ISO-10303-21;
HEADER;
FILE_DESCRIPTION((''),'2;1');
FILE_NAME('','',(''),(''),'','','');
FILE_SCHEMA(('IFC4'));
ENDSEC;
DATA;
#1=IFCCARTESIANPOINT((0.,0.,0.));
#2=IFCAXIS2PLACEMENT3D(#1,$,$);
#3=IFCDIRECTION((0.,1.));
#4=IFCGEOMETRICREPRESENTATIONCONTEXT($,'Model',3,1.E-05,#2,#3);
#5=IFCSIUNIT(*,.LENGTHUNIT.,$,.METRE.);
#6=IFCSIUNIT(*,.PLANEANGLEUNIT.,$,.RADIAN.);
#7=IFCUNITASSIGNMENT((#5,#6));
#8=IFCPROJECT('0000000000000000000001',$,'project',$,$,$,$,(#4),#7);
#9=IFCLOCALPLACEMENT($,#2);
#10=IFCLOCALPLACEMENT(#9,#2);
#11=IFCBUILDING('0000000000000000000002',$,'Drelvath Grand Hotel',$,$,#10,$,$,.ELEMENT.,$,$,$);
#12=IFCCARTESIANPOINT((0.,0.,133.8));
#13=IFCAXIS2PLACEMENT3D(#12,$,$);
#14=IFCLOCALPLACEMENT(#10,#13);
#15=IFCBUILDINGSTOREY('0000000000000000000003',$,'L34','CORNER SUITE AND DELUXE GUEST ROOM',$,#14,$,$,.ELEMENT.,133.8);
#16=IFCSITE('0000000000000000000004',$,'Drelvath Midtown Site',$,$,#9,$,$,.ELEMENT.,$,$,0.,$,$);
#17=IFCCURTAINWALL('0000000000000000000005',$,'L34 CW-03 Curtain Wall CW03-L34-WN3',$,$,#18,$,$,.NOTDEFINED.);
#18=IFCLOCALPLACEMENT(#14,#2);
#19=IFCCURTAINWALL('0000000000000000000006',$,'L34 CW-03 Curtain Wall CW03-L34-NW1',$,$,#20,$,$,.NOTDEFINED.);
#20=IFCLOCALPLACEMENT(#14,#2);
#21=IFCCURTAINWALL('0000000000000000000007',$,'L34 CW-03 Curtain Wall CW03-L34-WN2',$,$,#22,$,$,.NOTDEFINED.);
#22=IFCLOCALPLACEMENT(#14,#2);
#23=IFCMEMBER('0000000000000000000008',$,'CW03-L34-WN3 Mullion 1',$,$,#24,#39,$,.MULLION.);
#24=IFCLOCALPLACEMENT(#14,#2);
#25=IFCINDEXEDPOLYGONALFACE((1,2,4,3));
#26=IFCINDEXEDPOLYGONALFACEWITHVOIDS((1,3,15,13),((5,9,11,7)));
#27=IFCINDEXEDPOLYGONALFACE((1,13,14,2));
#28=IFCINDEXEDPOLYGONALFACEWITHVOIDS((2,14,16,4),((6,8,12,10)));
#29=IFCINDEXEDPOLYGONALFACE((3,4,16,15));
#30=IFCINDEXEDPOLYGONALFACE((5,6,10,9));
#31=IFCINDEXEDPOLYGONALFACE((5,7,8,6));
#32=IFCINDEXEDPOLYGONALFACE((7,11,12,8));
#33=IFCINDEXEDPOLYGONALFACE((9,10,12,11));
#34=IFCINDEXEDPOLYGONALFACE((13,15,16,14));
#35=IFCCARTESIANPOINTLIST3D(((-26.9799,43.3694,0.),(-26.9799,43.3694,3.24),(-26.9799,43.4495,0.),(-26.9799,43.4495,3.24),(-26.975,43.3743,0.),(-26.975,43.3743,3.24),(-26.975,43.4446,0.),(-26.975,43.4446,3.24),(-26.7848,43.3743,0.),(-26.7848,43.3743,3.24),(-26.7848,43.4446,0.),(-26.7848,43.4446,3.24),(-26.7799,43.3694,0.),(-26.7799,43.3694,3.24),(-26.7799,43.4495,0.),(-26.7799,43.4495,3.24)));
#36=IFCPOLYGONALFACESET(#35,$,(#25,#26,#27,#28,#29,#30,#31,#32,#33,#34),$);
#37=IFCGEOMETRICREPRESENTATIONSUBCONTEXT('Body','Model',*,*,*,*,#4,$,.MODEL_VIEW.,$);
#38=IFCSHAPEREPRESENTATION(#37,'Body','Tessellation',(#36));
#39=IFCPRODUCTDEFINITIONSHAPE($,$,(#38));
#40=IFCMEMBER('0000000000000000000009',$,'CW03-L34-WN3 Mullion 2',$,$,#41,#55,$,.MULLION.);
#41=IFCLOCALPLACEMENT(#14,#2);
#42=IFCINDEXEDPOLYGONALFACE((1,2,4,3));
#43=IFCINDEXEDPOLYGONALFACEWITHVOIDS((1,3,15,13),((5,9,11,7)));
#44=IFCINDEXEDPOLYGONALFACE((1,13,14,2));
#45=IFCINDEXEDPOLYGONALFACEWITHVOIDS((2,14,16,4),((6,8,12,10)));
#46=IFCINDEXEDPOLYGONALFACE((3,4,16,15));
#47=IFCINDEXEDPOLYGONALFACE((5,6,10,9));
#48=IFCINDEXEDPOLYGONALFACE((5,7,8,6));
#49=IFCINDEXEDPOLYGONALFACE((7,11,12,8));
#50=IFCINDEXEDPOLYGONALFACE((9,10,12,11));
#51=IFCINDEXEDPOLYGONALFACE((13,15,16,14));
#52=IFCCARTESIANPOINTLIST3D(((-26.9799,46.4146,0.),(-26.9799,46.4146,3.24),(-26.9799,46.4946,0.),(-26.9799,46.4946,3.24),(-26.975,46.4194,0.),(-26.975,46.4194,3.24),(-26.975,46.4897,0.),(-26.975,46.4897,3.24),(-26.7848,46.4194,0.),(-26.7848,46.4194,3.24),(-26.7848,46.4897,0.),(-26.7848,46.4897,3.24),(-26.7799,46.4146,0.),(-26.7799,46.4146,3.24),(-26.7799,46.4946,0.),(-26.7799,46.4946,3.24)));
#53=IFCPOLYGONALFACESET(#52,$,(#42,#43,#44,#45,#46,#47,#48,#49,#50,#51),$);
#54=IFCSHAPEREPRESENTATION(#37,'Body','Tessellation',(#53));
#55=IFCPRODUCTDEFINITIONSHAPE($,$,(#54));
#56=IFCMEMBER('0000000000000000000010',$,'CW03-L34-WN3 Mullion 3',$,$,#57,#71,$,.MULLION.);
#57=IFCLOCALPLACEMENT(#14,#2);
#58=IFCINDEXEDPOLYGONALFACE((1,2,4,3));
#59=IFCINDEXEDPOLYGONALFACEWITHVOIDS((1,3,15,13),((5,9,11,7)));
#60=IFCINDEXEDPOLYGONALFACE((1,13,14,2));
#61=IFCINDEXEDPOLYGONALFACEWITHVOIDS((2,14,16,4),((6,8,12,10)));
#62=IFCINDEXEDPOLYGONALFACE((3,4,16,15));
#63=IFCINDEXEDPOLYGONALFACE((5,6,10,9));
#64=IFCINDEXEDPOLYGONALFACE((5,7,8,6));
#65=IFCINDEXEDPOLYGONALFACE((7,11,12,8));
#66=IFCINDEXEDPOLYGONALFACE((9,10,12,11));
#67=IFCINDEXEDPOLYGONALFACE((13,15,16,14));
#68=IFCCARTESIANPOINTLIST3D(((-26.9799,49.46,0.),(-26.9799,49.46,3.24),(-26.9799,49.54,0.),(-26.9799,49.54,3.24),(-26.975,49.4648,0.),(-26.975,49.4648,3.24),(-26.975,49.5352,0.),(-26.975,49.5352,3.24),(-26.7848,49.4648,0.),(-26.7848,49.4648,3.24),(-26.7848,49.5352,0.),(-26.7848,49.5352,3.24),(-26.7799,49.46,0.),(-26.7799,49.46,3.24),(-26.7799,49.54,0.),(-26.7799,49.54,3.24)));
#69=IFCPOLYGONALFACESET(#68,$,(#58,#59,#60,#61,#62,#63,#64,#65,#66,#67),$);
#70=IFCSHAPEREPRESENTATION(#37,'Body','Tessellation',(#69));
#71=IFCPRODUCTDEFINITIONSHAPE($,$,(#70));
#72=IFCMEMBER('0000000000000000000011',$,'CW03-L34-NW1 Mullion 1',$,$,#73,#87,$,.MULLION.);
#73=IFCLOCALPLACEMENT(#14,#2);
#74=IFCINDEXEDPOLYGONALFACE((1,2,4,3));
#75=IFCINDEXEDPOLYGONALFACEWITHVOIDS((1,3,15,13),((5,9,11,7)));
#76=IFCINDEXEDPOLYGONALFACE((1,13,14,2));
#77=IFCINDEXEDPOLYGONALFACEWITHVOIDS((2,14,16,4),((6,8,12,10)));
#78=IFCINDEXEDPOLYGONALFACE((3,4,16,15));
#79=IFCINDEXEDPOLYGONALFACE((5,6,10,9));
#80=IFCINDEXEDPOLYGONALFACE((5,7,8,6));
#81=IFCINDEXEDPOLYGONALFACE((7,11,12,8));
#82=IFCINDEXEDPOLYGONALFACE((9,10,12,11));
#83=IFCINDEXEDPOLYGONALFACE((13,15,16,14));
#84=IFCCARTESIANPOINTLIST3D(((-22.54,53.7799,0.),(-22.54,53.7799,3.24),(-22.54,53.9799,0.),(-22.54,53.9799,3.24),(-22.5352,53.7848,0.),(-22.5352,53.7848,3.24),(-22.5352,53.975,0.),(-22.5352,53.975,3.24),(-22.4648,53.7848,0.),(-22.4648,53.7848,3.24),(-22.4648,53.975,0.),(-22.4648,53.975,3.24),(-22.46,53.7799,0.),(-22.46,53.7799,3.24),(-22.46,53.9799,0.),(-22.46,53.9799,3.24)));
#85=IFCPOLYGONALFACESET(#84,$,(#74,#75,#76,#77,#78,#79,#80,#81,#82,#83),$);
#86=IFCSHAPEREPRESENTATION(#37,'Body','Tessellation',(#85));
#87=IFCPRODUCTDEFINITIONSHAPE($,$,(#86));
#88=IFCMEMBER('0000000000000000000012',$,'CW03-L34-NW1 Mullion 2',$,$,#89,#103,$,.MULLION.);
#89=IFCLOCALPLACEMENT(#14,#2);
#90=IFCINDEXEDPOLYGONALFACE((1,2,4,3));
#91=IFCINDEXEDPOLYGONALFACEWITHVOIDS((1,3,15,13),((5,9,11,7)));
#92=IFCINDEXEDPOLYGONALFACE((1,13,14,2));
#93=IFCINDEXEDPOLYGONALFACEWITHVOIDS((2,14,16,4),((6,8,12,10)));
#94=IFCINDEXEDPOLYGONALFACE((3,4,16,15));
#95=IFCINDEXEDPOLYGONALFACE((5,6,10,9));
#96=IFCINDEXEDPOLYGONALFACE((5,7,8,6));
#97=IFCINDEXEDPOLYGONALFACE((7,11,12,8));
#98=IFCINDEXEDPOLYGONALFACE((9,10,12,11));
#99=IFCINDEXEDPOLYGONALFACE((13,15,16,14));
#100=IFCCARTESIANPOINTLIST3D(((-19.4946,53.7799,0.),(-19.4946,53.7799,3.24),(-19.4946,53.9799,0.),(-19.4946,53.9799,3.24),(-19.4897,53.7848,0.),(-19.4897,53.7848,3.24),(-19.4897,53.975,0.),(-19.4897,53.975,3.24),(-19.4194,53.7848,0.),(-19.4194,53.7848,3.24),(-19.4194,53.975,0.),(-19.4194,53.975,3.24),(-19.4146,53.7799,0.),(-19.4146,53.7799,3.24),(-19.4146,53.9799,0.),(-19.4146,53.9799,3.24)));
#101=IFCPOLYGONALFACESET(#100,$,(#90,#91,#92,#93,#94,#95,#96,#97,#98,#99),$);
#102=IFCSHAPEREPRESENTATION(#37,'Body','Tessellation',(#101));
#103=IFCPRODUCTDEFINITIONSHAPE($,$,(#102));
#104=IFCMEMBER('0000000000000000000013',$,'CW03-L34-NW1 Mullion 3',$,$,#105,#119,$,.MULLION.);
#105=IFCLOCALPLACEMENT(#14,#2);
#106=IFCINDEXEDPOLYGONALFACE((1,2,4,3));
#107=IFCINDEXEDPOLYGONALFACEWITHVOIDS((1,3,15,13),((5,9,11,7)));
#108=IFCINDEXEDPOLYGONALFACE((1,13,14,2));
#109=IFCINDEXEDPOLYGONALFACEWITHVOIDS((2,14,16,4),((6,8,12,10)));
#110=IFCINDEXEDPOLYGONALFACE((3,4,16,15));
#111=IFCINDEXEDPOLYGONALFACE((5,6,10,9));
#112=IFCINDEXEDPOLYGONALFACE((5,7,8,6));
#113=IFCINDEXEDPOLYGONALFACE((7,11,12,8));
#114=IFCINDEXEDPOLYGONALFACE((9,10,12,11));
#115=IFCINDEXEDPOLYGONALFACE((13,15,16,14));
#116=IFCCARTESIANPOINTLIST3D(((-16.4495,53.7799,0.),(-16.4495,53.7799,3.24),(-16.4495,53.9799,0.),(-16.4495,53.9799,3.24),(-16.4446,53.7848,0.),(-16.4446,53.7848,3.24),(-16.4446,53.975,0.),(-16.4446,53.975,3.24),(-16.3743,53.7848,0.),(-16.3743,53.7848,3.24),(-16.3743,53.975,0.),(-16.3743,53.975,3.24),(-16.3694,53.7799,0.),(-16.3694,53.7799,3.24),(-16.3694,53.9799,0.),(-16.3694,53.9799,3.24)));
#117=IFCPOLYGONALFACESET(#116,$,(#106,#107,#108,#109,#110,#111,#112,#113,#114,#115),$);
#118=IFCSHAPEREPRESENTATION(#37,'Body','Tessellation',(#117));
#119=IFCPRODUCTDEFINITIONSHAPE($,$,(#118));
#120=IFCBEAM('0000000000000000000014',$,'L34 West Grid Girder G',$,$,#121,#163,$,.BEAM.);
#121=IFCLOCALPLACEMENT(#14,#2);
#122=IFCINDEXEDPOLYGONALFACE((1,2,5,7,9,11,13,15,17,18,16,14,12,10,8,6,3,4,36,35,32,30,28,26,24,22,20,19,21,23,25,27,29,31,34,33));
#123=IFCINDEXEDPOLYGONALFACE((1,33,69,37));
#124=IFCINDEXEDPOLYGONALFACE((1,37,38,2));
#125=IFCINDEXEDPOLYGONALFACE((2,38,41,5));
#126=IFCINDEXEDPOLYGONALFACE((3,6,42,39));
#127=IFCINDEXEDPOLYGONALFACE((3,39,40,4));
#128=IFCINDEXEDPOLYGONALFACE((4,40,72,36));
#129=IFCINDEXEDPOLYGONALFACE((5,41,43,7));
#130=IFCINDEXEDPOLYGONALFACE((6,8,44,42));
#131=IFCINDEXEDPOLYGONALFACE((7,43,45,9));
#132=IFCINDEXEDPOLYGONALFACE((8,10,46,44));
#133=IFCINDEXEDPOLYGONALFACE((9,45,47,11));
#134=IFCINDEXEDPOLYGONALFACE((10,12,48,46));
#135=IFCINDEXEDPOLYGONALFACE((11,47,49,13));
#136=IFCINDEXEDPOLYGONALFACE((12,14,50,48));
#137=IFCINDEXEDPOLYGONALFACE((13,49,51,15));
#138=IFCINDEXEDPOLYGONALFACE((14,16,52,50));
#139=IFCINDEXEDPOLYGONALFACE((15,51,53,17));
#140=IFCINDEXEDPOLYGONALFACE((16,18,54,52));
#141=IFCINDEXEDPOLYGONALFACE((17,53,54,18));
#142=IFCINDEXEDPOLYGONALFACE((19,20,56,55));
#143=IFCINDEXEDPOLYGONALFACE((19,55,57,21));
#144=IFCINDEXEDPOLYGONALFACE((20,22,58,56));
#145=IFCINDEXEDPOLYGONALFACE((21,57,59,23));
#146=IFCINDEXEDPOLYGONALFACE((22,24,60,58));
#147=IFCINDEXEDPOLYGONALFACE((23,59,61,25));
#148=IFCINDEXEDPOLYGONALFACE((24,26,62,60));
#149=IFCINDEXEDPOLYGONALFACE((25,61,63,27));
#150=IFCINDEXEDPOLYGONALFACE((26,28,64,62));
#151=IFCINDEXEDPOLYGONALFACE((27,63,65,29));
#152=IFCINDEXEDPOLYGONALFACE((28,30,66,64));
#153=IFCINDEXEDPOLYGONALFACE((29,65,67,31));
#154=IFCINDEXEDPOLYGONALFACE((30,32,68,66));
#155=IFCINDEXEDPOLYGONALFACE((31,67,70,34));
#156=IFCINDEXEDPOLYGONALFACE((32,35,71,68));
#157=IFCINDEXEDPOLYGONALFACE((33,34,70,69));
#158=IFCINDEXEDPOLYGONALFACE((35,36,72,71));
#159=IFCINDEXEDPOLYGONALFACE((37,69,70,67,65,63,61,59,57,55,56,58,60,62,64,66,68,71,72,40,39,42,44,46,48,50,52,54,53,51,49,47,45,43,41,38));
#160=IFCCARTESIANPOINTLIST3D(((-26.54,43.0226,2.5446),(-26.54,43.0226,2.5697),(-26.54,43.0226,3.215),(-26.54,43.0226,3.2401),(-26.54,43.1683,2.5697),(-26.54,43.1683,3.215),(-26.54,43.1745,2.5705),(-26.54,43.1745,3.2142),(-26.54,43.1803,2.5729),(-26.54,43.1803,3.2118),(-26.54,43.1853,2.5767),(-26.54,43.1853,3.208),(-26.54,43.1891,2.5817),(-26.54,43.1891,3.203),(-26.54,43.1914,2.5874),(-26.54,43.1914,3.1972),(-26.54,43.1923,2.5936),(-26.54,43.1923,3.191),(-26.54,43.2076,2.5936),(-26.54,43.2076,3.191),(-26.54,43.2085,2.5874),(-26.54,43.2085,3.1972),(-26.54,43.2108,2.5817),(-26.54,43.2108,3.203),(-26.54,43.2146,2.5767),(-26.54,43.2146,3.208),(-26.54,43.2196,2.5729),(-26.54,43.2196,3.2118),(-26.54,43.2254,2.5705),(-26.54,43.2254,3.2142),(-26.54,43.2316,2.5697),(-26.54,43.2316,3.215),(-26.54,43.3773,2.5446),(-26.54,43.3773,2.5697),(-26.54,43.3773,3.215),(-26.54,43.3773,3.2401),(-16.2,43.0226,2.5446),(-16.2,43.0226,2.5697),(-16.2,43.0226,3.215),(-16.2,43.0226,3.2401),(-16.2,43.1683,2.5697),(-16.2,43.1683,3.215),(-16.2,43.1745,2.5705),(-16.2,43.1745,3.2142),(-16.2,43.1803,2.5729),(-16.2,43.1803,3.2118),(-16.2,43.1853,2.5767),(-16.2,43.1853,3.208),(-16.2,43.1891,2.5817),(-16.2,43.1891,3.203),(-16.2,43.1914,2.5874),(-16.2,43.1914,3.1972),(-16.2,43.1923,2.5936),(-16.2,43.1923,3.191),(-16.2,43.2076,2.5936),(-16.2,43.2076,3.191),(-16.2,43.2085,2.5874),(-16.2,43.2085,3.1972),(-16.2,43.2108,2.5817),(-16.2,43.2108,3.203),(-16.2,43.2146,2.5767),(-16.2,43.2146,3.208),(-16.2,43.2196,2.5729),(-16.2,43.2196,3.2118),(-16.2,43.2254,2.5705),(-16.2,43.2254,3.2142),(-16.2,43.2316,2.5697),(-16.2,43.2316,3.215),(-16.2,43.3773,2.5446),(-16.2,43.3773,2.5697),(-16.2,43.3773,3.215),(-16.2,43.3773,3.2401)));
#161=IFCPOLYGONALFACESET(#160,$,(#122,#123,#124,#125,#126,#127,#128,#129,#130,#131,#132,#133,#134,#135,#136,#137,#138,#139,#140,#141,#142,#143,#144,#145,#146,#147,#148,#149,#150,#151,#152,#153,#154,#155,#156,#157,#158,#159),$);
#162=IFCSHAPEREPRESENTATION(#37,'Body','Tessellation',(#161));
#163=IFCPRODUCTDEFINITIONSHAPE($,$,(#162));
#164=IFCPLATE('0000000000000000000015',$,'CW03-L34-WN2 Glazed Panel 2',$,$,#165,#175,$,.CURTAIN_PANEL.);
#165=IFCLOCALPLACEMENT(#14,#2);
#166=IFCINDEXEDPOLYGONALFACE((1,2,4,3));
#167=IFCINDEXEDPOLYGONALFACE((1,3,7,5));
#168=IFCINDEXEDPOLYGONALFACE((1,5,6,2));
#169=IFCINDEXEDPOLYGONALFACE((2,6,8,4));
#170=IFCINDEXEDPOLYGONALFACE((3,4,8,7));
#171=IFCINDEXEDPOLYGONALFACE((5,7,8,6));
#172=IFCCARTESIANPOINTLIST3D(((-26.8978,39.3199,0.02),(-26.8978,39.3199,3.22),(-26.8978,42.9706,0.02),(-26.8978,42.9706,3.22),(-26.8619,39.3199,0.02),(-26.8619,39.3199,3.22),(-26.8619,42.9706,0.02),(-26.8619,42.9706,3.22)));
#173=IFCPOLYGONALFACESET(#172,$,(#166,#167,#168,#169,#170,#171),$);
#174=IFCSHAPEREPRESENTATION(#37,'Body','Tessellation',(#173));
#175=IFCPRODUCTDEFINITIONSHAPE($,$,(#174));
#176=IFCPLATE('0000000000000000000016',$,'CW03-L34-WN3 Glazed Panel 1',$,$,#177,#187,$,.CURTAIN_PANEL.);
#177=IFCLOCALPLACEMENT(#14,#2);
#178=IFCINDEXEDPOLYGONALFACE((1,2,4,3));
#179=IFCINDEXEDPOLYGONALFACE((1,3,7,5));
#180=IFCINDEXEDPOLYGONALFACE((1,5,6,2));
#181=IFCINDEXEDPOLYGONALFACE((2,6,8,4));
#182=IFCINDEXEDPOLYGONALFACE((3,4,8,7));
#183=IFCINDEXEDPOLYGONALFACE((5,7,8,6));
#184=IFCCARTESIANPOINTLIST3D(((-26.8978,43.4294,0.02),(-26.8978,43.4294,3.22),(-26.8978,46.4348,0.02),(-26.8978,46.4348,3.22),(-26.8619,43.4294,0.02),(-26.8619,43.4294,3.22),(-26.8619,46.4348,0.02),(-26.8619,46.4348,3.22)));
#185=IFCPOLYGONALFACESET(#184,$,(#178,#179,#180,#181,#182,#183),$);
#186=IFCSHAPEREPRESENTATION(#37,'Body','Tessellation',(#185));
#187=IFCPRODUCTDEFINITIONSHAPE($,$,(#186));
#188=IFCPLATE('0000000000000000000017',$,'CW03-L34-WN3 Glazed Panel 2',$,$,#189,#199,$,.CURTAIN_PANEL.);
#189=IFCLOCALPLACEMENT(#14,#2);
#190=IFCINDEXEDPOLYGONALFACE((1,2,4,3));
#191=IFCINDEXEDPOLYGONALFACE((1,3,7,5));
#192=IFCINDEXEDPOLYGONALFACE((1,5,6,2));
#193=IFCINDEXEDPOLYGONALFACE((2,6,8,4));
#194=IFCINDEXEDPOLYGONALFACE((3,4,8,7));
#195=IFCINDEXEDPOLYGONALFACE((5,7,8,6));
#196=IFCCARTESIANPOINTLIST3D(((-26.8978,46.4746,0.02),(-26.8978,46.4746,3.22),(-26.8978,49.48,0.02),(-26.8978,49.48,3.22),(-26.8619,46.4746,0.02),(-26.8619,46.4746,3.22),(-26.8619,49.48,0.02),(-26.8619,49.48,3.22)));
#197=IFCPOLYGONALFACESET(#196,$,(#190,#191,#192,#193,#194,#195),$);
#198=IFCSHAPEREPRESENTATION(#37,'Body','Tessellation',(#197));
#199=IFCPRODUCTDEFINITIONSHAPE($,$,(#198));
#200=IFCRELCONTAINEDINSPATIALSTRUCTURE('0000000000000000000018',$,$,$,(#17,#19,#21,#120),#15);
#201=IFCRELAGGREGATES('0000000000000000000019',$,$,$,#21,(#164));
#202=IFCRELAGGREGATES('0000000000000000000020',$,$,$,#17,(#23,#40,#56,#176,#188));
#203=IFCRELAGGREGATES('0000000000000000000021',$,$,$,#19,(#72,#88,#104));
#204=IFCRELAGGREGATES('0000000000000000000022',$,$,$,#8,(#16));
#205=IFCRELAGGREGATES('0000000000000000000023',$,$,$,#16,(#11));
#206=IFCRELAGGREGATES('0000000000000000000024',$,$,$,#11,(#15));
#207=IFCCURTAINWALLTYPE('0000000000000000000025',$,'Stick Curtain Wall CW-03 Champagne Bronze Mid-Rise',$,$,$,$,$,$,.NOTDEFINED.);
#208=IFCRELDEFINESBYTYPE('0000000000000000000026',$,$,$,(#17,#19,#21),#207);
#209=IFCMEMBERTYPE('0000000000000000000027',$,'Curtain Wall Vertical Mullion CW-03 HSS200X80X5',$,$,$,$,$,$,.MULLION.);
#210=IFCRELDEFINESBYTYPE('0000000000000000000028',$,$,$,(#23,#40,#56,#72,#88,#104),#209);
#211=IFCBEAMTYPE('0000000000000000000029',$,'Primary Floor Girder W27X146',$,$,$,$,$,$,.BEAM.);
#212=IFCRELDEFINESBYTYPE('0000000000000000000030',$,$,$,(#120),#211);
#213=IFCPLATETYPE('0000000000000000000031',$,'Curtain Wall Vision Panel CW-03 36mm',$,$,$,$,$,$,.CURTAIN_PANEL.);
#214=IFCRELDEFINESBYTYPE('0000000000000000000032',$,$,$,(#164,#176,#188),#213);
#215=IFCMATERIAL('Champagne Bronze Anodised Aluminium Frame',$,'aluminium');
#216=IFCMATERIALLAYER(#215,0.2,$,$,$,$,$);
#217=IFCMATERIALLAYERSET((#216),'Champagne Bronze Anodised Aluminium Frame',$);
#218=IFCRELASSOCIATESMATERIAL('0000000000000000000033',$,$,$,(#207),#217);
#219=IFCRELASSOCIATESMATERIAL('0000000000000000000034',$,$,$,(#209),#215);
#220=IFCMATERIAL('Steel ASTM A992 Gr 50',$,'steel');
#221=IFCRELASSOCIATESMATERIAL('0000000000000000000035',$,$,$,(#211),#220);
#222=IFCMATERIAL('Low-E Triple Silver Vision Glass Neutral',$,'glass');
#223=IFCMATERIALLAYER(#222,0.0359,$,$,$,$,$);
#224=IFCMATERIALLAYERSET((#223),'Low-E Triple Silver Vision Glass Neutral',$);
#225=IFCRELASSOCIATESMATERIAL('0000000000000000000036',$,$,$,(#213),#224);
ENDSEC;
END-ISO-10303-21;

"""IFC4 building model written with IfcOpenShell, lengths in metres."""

from ifc_helpers import new_model, si_unit, direction, frame, origin, origin_2d, place, context, subcontext, project, spatial, rectangle, hollow_rectangle, i_section, extrude, material, layer, layer_set, material_profile, profile_set, type_object, element, aggregate, save


model = new_model("IFC4")

# Units and contexts
model_context = context("Model", 3, precision=1e-05, world=origin(), true_north=direction((0.0, 1.0)))
body_context = subcontext(model_context, "Body", "Model", "MODEL_VIEW")
ifc_project = project(units=[si_unit("LENGTHUNIT", "METRE"), si_unit("PLANEANGLEUNIT", "RADIAN")], contexts=[model_context])

# Site, building, storey
site_placement = place(None, origin())
site = spatial("IfcSite", under=ifc_project, at=site_placement, Name="Drelvath Midtown Site", CompositionType="ELEMENT", RefElevation=0.0)
building_placement = place(site_placement, origin())
building = spatial("IfcBuilding", under=site, at=building_placement, Name="Drelvath Grand Hotel", CompositionType="ELEMENT")
storey_placement = place(building_placement, frame((0.0, 0.0, 133.8)))
storey = spatial("IfcBuildingStorey", under=building, at=storey_placement, Name="L34", Description="CORNER SUITE AND DELUXE GUEST ROOM", CompositionType="ELEMENT", Elevation=133.8)

# Shared definitions
ifc_material_1 = material(Name="Steel ASTM A992 Gr 50", Category="steel")

# Curtain walls
ifc_material_2 = material(Name="Champagne Bronze Anodised Aluminium Frame", Category="aluminium")
ifc_layer_1 = layer(ifc_material_2, 0.2)
ifc_layer_set_1 = layer_set([ifc_layer_1], Name="Champagne Bronze Anodised Aluminium Frame")
curtain_wall_type = type_object("IfcCurtainWallType", Name="Stick Curtain Wall CW-03 Champagne Bronze Mid-Rise", PredefinedType="NOTDEFINED", material=ifc_layer_set_1)
curtain_wall_1_placement = place(storey_placement, origin())
curtain_wall_1 = element("IfcCurtainWall", 1, at=curtain_wall_1_placement, inside=storey, type_object=curtain_wall_type, Name="L34 CW-03 Curtain Wall CW03-L34-WN3", PredefinedType="NOTDEFINED")
curtain_wall_2_placement = place(storey_placement, origin())
curtain_wall_2 = element("IfcCurtainWall", 2, at=curtain_wall_2_placement, inside=storey, type_object=curtain_wall_type, Name="L34 CW-03 Curtain Wall CW03-L34-NW1", PredefinedType="NOTDEFINED")

# Curtain wall
curtain_wall_3_placement = place(storey_placement, origin())
curtain_wall_3 = element("IfcCurtainWall", 3, at=curtain_wall_3_placement, inside=storey, type_object=curtain_wall_type, Name="L34 CW-03 Curtain Wall CW03-L34-WN2", PredefinedType="NOTDEFINED")
ifc_material_profile_1 = material_profile(ifc_material_2, hollow_rectangle(XDim=0.0801, YDim=0.2, WallThickness=0.0049, at=origin_2d()), Name="HSS200X80X5")
ifc_profile_set_1 = profile_set([ifc_material_profile_1], Name="Champagne Bronze Anodised Aluminium Frame")
member_type_1 = type_object("IfcMemberType", Name="Curtain Wall Vertical Mullion CW-03 HSS200X80X5", PredefinedType="MULLION", material=ifc_profile_set_1)

# Members
member_1_placement = place(storey_placement, frame((-26.8799, 43.4094, 0.0), z_axis=(0.0, 0.0, 1.0), x_axis=(0.0, 1.0, 0.0)))
member_1 = element("IfcMember", 4, at=member_1_placement, type_object=member_type_1, Name="CW03-L34-WN3 Mullion 1", PredefinedType="MULLION", context=body_context, shape_type="SweptSolid", body=[
    extrude(hollow_rectangle(XDim=0.0801, YDim=0.2, WallThickness=0.0049, at=origin_2d()), origin(), (0.0, 0.0, 1.0), 3.24),
])
member_2_placement = place(storey_placement, frame((-26.8799, 46.4546, 0.0), z_axis=(0.0, 0.0, 1.0), x_axis=(0.0, 1.0, 0.0)))
member_2 = element("IfcMember", 5, at=member_2_placement, type_object=member_type_1, Name="CW03-L34-WN3 Mullion 2", PredefinedType="MULLION", context=body_context, shape_type="SweptSolid", body=[
    extrude(hollow_rectangle(XDim=0.0801, YDim=0.2, WallThickness=0.0049, at=origin_2d()), origin(), (0.0, 0.0, 1.0), 3.24),
])
member_3_placement = place(storey_placement, frame((-26.8799, 49.5, 0.0), z_axis=(0.0, 0.0, 1.0), x_axis=(0.0, 1.0, 0.0)))
member_3 = element("IfcMember", 6, at=member_3_placement, type_object=member_type_1, Name="CW03-L34-WN3 Mullion 3", PredefinedType="MULLION", context=body_context, shape_type="SweptSolid", body=[
    extrude(hollow_rectangle(XDim=0.0801, YDim=0.2, WallThickness=0.0049, at=origin_2d()), origin(), (0.0, 0.0, 1.0), 3.24),
])
member_4_placement = place(storey_placement, frame((-22.5, 53.8799, 0.0), z_axis=(0.0, 0.0, 1.0), x_axis=(1.0, 0.0, 0.0)))
member_4 = element("IfcMember", 7, at=member_4_placement, type_object=member_type_1, Name="CW03-L34-NW1 Mullion 1", PredefinedType="MULLION", context=body_context, shape_type="SweptSolid", body=[
    extrude(hollow_rectangle(XDim=0.0801, YDim=0.2, WallThickness=0.0049, at=origin_2d()), origin(), (0.0, 0.0, 1.0), 3.24),
])
member_5_placement = place(storey_placement, frame((-19.4546, 53.8799, 0.0), z_axis=(0.0, 0.0, 1.0), x_axis=(1.0, 0.0, 0.0)))
member_5 = element("IfcMember", 8, at=member_5_placement, type_object=member_type_1, Name="CW03-L34-NW1 Mullion 2", PredefinedType="MULLION", context=body_context, shape_type="SweptSolid", body=[
    extrude(hollow_rectangle(XDim=0.0801, YDim=0.2, WallThickness=0.0049, at=origin_2d()), origin(), (0.0, 0.0, 1.0), 3.24),
])
member_6_placement = place(storey_placement, frame((-16.4094, 53.8799, 0.0), z_axis=(0.0, 0.0, 1.0), x_axis=(1.0, 0.0, 0.0)))
member_6 = element("IfcMember", 9, at=member_6_placement, type_object=member_type_1, Name="CW03-L34-NW1 Mullion 3", PredefinedType="MULLION", context=body_context, shape_type="SweptSolid", body=[
    extrude(hollow_rectangle(XDim=0.0801, YDim=0.2, WallThickness=0.0049, at=origin_2d()), origin(), (0.0, 0.0, 1.0), 3.24),
])

# Beam
ifc_material_profile_2 = material_profile(ifc_material_1, i_section(OverallWidth=0.3547, OverallDepth=0.6956, WebThickness=0.0154, FlangeThickness=0.0251, FilletRadius=0.0239, at=origin_2d()), Name="W27X146")
ifc_profile_set_2 = profile_set([ifc_material_profile_2], Name="Steel ASTM A992 Gr 50")
beam_type_1 = type_object("IfcBeamType", Name="Primary Floor Girder W27X146", PredefinedType="BEAM", material=ifc_profile_set_2)
beam_1_placement = place(storey_placement, frame((-26.54, 43.2, 2.8923), z_axis=(1.0, 0.0, 0.0), x_axis=(0.0, 1.0, 0.0)))
element("IfcBeam", 10, at=beam_1_placement, inside=storey, type_object=beam_type_1, Name="L34 West Grid Girder G", PredefinedType="BEAM", context=body_context, shape_type="SweptSolid", body=[
    extrude(i_section(OverallWidth=0.3547, OverallDepth=0.6956, WebThickness=0.0154, FlangeThickness=0.0251, FilletRadius=0.0239, at=origin_2d()), origin(), (0.0, 0.0, 1.0), 10.3401),
])

# Plates
ifc_material_3 = material(Name="Low-E Triple Silver Vision Glass Neutral", Category="glass")
ifc_layer_2 = layer(ifc_material_3, 0.0359)
ifc_layer_set_2 = layer_set([ifc_layer_2], Name="Low-E Triple Silver Vision Glass Neutral")
plate_type = type_object("IfcPlateType", Name="Curtain Wall Vision Panel CW-03 36mm", PredefinedType="CURTAIN_PANEL", material=ifc_layer_set_2)
plate_1_placement = place(storey_placement, frame((-26.8799, 41.1453, 0.02), z_axis=(0.0, 0.0, 1.0), x_axis=(0.0, 1.0, 0.0)))
plate_1 = element("IfcPlate", 11, at=plate_1_placement, type_object=plate_type, Name="CW03-L34-WN2 Glazed Panel 2", PredefinedType="CURTAIN_PANEL", context=body_context, shape_type="SweptSolid", body=[
    extrude(rectangle(XDim=3.6506, YDim=0.0359, at=origin_2d()), origin(), (0.0, 0.0, 1.0), 3.2),
])
aggregate(curtain_wall_3, [plate_1])
plate_2_placement = place(storey_placement, frame((-26.8799, 44.9321, 0.02), z_axis=(0.0, 0.0, 1.0), x_axis=(0.0, 1.0, 0.0)))
plate_2 = element("IfcPlate", 12, at=plate_2_placement, type_object=plate_type, Name="CW03-L34-WN3 Glazed Panel 1", PredefinedType="CURTAIN_PANEL", context=body_context, shape_type="SweptSolid", body=[
    extrude(rectangle(XDim=3.0054, YDim=0.0359, at=origin_2d()), origin(), (0.0, 0.0, 1.0), 3.2),
])
plate_3_placement = place(storey_placement, frame((-26.8799, 47.9773, 0.02), z_axis=(0.0, 0.0, 1.0), x_axis=(0.0, 1.0, 0.0)))
plate_3 = element("IfcPlate", 13, at=plate_3_placement, type_object=plate_type, Name="CW03-L34-WN3 Glazed Panel 2", PredefinedType="CURTAIN_PANEL", context=body_context, shape_type="SweptSolid", body=[
    extrude(rectangle(XDim=3.0054, YDim=0.0359, at=origin_2d()), origin(), (0.0, 0.0, 1.0), 3.2),
])
aggregate(curtain_wall_1, [member_1, member_2, member_3, plate_2, plate_3])
aggregate(curtain_wall_2, [member_4, member_5, member_6])

save(model, "model.ifc")
